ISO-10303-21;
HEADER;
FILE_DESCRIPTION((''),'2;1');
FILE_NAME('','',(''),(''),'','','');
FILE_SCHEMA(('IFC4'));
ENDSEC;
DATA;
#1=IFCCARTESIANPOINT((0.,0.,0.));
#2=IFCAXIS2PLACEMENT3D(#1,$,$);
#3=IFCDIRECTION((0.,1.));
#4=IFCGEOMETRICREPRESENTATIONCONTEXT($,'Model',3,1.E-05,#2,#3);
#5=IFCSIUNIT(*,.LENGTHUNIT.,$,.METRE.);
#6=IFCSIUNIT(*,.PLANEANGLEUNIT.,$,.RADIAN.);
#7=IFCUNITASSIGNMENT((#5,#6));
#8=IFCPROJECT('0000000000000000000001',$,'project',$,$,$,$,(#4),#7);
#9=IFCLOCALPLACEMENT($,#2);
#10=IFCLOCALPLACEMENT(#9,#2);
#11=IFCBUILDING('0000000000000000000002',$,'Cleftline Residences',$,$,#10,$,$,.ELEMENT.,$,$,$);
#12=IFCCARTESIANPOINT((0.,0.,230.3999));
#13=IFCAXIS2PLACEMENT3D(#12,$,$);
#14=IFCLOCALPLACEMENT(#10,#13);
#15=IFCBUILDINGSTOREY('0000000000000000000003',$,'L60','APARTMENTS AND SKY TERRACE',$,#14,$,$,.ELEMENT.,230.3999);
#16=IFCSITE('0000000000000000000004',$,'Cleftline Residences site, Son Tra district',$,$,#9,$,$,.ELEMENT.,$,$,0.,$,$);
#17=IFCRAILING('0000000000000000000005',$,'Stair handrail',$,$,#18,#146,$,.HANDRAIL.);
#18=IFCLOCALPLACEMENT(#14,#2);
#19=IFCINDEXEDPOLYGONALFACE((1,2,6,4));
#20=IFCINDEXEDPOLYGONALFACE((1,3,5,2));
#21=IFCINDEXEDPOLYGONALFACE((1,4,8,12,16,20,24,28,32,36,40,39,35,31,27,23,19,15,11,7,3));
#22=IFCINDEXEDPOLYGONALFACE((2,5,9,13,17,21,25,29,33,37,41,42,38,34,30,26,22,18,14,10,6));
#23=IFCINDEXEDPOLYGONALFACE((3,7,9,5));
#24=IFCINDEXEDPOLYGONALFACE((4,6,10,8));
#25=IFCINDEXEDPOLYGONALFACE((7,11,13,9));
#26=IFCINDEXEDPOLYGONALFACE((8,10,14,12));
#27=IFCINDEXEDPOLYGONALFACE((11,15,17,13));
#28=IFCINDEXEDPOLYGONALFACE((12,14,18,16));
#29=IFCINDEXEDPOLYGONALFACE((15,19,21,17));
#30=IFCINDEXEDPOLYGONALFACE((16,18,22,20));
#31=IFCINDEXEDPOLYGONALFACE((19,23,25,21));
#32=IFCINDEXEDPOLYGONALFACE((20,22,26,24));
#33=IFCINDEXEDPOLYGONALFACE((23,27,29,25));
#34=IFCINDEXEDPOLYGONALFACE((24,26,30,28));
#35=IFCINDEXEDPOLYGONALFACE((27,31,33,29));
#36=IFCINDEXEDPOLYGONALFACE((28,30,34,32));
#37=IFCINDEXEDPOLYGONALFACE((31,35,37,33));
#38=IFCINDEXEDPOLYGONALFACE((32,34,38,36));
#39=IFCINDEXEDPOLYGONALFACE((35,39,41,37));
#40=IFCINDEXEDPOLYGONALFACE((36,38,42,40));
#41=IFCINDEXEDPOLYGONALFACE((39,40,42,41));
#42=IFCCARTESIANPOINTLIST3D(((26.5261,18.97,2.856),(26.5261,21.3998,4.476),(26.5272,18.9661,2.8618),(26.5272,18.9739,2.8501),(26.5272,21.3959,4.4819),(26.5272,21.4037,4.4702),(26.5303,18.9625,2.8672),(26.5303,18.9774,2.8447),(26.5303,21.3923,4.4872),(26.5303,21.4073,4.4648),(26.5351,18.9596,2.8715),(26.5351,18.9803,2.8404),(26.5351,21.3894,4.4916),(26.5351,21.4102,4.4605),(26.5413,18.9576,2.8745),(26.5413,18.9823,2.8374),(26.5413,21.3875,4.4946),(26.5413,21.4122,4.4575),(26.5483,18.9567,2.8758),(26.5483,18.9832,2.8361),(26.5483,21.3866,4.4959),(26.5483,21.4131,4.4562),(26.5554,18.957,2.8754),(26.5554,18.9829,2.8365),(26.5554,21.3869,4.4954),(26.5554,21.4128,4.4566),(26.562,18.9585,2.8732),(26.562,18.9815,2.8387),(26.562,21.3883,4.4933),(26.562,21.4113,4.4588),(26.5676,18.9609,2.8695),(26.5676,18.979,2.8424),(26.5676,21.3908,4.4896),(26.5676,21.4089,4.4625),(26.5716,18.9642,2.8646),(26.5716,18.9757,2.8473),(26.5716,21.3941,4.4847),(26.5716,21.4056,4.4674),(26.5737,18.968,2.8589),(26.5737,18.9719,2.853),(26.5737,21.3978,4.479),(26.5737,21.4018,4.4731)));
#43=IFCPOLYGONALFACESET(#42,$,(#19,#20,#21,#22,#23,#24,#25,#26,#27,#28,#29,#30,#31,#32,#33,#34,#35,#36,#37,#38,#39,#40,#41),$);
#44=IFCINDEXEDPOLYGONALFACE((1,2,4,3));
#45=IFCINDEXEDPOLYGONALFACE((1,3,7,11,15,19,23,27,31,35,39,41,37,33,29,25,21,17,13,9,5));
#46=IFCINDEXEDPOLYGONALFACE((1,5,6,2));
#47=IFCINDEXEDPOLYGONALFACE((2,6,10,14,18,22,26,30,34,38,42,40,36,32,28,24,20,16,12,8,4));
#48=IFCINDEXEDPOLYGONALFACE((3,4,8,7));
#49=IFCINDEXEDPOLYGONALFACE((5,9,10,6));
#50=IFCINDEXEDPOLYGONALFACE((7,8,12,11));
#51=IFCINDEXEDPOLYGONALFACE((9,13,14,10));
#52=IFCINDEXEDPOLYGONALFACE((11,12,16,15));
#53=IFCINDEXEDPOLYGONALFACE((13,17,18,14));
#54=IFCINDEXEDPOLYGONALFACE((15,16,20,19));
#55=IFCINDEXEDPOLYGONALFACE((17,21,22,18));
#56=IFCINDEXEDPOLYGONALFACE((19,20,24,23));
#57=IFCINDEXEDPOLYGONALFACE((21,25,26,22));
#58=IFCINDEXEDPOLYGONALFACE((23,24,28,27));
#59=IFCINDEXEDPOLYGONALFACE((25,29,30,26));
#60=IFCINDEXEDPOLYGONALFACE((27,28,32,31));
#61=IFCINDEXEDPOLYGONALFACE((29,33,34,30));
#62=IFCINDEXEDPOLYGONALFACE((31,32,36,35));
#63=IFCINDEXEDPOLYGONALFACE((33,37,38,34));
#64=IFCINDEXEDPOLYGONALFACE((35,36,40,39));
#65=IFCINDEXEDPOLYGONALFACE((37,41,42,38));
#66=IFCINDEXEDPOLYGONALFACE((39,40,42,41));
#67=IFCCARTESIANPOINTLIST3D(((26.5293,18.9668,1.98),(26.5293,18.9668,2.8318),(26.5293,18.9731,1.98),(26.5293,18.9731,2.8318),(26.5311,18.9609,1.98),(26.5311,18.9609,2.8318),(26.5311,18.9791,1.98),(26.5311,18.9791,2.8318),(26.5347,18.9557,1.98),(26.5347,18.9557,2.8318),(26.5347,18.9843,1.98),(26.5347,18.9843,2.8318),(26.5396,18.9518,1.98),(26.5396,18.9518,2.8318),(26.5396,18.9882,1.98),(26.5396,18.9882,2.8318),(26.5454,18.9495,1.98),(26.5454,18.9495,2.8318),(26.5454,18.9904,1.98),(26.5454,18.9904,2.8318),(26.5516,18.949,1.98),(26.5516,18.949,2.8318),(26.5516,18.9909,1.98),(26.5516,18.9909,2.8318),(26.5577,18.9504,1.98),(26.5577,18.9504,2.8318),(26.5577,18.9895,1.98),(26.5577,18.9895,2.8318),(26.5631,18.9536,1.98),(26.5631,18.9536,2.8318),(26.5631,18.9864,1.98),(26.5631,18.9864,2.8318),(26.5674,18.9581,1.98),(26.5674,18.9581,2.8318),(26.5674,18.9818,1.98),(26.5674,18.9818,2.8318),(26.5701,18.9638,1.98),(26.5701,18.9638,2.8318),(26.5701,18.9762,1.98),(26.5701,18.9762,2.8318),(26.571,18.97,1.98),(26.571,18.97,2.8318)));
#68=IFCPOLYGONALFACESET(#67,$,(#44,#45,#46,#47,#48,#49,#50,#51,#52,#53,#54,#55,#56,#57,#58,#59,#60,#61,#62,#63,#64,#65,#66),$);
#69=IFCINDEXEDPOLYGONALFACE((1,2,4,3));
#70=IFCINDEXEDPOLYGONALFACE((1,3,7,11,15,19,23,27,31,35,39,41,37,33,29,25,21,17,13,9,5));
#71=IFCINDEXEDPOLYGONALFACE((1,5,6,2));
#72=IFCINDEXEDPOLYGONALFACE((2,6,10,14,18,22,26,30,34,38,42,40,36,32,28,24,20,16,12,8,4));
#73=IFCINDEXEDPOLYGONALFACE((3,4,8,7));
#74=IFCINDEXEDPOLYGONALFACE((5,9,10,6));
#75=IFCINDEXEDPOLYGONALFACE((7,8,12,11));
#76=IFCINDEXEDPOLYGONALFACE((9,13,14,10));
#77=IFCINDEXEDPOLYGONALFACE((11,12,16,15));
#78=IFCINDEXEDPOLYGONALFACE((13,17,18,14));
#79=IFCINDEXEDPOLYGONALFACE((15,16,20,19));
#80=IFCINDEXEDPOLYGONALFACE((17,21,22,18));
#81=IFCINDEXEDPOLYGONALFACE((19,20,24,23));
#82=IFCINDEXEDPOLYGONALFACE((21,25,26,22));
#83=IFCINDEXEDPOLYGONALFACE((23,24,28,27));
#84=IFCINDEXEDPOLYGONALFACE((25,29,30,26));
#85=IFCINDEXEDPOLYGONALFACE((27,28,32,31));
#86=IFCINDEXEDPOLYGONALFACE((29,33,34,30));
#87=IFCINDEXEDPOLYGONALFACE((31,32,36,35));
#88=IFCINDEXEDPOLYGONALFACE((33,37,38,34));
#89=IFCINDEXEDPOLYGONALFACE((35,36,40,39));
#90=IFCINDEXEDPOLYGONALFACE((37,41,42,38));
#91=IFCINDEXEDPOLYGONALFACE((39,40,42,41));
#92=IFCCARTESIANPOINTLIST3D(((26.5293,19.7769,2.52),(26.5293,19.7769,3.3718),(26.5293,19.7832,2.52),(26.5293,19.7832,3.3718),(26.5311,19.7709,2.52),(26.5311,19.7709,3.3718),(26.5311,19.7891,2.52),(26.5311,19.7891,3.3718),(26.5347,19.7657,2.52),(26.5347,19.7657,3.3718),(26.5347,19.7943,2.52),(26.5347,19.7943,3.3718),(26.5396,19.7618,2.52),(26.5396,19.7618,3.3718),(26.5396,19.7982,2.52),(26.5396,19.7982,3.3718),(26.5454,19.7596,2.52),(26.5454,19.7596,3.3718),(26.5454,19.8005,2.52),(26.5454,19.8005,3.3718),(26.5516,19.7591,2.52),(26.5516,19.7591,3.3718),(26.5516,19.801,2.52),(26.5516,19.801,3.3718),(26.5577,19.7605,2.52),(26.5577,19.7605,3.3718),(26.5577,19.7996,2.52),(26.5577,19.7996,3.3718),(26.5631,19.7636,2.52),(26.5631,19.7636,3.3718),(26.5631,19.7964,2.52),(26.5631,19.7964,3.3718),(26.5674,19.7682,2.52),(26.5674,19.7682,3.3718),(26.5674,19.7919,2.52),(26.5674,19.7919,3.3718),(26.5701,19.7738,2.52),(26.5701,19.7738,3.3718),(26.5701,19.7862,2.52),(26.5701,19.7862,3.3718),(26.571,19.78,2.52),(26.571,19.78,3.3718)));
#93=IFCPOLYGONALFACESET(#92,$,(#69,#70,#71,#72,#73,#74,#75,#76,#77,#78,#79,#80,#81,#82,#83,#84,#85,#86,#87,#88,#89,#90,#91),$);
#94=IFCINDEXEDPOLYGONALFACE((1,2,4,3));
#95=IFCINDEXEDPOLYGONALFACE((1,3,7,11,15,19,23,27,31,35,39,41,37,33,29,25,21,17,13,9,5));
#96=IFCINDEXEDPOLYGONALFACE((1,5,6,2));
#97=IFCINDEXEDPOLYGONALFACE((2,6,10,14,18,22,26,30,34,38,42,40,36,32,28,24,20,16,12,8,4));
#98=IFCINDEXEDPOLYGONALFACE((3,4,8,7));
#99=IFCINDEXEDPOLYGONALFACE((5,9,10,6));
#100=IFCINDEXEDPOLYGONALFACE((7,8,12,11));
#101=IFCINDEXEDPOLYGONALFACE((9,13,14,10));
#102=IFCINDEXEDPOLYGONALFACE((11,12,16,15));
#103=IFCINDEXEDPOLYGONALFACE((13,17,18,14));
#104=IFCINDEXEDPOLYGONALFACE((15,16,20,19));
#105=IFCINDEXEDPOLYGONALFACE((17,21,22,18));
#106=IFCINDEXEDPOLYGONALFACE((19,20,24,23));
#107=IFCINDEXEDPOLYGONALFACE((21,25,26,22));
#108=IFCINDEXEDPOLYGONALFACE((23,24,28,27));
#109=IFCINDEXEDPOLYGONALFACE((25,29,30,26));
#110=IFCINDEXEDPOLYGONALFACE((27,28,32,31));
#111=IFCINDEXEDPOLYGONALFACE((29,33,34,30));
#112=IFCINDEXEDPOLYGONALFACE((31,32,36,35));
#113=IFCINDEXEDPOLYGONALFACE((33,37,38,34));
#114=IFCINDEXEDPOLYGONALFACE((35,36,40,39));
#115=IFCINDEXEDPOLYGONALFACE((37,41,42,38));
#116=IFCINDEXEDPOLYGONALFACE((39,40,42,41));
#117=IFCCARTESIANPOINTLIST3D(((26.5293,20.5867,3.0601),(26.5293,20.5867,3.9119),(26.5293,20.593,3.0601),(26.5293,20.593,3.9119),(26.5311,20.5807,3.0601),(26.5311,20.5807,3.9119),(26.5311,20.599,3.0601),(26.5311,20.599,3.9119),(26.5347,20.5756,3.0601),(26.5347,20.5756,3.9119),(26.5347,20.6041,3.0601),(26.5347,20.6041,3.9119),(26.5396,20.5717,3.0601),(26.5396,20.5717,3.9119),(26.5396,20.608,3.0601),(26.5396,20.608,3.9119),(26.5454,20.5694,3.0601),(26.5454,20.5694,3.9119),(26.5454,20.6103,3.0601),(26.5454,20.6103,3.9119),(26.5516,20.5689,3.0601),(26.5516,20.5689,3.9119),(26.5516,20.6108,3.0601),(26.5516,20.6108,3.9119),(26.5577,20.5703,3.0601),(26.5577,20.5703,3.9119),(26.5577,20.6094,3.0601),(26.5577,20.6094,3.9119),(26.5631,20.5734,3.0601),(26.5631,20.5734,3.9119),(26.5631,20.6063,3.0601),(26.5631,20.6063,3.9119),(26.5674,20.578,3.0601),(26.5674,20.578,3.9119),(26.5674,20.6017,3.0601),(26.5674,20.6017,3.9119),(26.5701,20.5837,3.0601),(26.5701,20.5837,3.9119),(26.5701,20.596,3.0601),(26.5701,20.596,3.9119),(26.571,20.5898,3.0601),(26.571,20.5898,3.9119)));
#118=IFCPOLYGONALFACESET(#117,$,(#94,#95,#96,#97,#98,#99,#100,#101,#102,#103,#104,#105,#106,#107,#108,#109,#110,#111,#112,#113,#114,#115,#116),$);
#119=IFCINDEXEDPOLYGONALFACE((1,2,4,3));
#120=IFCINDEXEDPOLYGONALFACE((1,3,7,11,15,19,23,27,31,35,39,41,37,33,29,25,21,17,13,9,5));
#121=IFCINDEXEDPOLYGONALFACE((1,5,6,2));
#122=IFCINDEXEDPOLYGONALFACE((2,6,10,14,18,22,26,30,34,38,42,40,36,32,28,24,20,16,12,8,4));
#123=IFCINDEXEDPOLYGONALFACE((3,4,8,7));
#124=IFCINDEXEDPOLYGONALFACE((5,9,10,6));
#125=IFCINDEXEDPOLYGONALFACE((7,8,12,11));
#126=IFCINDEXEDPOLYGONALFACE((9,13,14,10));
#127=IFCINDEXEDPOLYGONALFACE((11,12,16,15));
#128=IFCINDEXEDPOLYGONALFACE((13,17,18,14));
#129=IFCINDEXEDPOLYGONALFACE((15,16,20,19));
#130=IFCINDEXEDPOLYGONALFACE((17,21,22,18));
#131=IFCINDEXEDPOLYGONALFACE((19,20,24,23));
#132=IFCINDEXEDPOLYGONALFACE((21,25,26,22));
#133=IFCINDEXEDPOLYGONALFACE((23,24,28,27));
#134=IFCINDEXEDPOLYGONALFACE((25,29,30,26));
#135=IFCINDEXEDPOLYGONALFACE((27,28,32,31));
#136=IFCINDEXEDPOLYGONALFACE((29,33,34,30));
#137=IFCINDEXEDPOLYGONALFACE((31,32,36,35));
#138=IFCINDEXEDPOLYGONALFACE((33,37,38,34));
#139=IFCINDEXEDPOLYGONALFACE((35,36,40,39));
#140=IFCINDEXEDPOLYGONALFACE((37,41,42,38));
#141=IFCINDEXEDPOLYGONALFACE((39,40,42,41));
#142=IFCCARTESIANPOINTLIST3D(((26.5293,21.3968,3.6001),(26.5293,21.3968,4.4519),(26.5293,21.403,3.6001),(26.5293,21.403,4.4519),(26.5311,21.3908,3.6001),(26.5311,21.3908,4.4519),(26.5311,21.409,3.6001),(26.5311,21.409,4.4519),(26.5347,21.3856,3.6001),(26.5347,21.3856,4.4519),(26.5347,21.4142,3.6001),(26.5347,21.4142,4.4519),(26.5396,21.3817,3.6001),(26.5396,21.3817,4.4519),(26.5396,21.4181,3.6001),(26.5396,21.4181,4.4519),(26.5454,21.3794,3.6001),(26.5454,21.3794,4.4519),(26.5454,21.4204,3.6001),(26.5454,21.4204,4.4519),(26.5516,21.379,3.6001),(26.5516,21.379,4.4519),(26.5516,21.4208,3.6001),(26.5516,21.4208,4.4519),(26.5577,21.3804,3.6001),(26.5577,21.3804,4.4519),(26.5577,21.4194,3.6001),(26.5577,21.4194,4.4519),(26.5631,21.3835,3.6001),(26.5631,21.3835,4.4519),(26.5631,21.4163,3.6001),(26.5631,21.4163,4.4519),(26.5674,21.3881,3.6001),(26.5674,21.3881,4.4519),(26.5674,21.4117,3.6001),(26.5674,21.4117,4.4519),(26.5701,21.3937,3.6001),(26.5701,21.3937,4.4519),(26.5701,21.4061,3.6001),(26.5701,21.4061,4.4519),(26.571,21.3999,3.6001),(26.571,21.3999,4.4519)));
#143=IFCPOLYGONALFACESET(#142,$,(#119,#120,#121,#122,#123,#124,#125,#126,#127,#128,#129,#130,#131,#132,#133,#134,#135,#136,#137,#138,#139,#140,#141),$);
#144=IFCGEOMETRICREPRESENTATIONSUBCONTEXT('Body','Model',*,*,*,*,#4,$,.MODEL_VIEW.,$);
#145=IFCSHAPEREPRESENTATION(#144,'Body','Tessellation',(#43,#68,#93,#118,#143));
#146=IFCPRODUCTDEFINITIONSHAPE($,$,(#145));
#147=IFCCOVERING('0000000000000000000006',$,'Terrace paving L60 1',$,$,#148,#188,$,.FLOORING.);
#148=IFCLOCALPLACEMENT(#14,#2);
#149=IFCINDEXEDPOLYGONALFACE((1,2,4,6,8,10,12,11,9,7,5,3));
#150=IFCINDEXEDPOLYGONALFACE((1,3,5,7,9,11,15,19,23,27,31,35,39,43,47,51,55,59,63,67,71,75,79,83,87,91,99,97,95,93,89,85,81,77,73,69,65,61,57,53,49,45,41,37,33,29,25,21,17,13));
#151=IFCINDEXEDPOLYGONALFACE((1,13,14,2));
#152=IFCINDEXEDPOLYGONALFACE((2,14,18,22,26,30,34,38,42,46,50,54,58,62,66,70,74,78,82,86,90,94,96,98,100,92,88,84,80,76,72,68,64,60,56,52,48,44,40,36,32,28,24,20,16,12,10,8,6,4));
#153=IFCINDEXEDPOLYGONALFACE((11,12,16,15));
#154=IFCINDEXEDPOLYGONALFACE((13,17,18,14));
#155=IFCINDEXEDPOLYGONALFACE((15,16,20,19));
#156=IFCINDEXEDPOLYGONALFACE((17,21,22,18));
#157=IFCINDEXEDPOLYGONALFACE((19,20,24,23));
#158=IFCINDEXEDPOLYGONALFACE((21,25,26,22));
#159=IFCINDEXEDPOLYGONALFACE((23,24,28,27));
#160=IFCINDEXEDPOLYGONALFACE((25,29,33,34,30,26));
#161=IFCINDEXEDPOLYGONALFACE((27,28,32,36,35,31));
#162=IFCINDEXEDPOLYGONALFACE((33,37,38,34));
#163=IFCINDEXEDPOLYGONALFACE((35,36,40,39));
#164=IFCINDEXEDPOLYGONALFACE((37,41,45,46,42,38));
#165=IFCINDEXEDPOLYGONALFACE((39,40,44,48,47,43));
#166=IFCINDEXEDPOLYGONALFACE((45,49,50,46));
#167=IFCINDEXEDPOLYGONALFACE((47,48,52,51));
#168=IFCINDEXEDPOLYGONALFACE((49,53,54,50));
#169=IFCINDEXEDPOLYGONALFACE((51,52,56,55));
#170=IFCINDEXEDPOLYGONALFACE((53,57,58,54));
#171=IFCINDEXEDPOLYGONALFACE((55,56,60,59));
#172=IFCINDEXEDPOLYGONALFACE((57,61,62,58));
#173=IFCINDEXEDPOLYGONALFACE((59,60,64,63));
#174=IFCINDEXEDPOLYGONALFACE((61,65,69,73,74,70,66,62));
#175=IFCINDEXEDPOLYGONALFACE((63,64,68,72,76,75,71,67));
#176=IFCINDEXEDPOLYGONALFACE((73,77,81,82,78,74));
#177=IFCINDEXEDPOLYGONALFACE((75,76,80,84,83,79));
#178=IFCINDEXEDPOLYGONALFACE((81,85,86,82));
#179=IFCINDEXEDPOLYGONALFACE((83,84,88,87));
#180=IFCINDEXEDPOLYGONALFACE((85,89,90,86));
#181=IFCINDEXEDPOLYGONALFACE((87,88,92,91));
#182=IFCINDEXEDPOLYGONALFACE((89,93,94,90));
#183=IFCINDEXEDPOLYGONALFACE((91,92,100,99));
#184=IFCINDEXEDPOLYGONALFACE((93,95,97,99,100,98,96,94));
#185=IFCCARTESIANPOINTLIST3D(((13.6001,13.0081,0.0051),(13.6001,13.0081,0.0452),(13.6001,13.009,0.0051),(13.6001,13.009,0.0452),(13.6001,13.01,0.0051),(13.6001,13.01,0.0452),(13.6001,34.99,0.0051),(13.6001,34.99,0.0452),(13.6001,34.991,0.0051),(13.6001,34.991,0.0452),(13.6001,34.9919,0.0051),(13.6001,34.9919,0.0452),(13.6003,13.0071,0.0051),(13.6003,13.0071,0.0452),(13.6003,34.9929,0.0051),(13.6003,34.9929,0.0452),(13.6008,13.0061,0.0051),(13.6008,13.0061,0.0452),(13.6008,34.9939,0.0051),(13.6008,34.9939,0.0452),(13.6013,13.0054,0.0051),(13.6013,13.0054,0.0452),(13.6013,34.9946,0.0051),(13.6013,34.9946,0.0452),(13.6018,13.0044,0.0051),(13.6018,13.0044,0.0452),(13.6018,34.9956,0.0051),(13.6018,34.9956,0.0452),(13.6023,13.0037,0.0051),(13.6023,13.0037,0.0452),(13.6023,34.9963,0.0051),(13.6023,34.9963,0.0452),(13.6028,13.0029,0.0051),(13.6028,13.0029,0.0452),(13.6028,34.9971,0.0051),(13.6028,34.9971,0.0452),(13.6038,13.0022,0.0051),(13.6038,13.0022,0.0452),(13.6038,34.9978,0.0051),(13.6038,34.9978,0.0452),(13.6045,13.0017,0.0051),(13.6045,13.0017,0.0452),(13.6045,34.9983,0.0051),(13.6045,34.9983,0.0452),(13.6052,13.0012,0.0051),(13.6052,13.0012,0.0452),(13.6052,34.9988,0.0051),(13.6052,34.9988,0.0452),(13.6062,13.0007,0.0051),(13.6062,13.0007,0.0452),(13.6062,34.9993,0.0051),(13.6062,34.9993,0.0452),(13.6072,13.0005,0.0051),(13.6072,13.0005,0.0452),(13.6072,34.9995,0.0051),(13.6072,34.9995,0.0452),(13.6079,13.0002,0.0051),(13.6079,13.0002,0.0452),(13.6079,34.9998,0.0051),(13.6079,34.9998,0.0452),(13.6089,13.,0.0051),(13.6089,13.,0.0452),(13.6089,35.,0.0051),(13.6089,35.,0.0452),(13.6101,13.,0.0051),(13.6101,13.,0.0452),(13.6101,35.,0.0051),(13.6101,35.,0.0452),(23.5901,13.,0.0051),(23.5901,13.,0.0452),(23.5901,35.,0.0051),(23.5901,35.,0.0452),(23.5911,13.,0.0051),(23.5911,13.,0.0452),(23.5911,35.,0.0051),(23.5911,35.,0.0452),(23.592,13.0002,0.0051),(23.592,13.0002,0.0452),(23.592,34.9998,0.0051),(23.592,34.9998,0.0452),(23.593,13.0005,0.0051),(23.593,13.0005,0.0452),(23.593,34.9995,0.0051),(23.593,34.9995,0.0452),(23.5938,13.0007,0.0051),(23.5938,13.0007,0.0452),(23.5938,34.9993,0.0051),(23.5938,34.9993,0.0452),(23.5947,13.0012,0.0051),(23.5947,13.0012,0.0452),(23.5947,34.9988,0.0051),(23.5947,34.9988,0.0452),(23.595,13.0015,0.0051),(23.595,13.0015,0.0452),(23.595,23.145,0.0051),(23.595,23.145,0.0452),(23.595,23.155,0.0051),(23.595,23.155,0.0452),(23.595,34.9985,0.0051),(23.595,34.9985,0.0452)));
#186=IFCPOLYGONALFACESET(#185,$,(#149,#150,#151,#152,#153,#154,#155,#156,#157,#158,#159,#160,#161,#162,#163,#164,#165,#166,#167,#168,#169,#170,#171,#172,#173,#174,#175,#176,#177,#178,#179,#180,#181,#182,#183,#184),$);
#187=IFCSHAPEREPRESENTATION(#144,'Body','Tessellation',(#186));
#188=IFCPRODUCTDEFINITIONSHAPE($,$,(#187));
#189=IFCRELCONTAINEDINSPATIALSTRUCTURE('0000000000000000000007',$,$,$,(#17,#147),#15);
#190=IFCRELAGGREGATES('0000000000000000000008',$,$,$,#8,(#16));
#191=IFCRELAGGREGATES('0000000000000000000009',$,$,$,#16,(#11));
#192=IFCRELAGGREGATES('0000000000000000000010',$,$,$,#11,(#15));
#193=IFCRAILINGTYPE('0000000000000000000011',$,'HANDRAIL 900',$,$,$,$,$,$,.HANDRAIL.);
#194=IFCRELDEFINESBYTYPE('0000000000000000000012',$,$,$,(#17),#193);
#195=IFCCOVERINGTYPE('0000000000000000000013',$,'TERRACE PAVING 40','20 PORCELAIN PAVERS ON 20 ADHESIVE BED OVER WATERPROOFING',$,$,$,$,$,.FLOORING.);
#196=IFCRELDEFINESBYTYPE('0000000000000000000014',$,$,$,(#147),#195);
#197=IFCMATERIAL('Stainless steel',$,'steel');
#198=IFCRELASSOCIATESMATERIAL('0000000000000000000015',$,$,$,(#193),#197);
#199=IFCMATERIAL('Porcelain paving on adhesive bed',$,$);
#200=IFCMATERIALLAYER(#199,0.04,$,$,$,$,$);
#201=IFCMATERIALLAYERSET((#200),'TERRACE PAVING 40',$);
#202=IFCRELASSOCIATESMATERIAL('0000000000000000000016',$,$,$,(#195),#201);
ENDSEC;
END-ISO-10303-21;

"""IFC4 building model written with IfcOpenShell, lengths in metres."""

from ifc_helpers import new_model, si_unit, direction, frame, origin, origin_2d, place, context, subcontext, project, spatial, polyline, circle, outline, extrude, material, layer, layer_set, type_object, element, save


model = new_model("IFC4")

# Units and contexts
model_context = context("Model", 3, precision=1e-05, world=origin(), true_north=direction((0.0, 1.0)))
body_context = subcontext(model_context, "Body", "Model", "MODEL_VIEW")
ifc_project = project(units=[si_unit("LENGTHUNIT", "METRE"), si_unit("PLANEANGLEUNIT", "RADIAN")], contexts=[model_context])

# Site, building, storey
site_placement = place(None, origin())
site = spatial("IfcSite", under=ifc_project, at=site_placement, Name="Cleftline Residences site, Son Tra district", CompositionType="ELEMENT", RefElevation=0.0)
building_placement = place(site_placement, origin())
building = spatial("IfcBuilding", under=site, at=building_placement, Name="Cleftline Residences", CompositionType="ELEMENT")
storey_placement = place(building_placement, frame((0.0, 0.0, 230.3999)))
storey = spatial("IfcBuildingStorey", under=building, at=storey_placement, Name="L60", Description="APARTMENTS AND SKY TERRACE", CompositionType="ELEMENT", Elevation=230.3999)

# Railing
ifc_material_1 = material(Name="Stainless steel", Category="steel")
railing_type_1 = type_object("IfcRailingType", Name="HANDRAIL 900", PredefinedType="HANDRAIL", material=ifc_material_1)
railing_1_placement = place(storey_placement, frame((26.55, 18.97, 1.98)))
element("IfcRailing", 1, at=railing_1_placement, inside=storey, type_object=railing_type_1, Name="Stair handrail", PredefinedType="HANDRAIL", context=body_context, shape_type="SweptSolid", body=[
    extrude(circle(Radius=0.0239, at=origin_2d()), frame((0.0, 0.0, 0.876), z_axis=(0.0, 0.832025, 0.554739), x_axis=(-1.0, 0.0, 0.0)), (0.0, 0.0, 1.0), 2.9204),
    extrude(circle(Radius=0.021, at=origin_2d()), origin(), (0.0, 0.0, 1.0), 0.8518),
    extrude(circle(Radius=0.021, at=origin_2d()), frame((0.0, 0.8101, 0.54)), (0.0, 0.0, 1.0), 0.8518),
    extrude(circle(Radius=0.021, at=origin_2d()), frame((0.0, 1.6199, 1.0801)), (0.0, 0.0, 1.0), 0.8518),
    extrude(circle(Radius=0.021, at=origin_2d()), frame((0.0, 2.4299, 1.6201)), (0.0, 0.0, 1.0), 0.8518),
])

# Covering
ifc_material_2 = material(Name="Porcelain paving on adhesive bed")
ifc_layer_1 = layer(ifc_material_2, 0.04)
ifc_layer_set_1 = layer_set([ifc_layer_1], Name="TERRACE PAVING 40")
covering_type_1 = type_object("IfcCoveringType", Name="TERRACE PAVING 40", Description="20 PORCELAIN PAVERS ON 20 ADHESIVE BED OVER WATERPROOFING", PredefinedType="FLOORING", material=ifc_layer_set_1)
covering_1_placement = place(storey_placement, frame((0.0, 0.0, 0.0051)))
element("IfcCovering", 2, at=covering_1_placement, inside=storey, type_object=covering_type_1, Name="Terrace paving L60 1", PredefinedType="FLOORING", context=body_context, shape_type="SweptSolid", body=[
    extrude(outline(polyline([(13.6001, 13.01), (13.6001, 13.009), (13.6001, 13.0081), (13.6003, 13.0071), (13.6008, 13.0061), (13.6013, 13.0054), (13.6018, 13.0044), (13.6023, 13.0037), (13.6028, 13.0029), (13.6038, 13.0022), (13.6045, 13.0017), (13.6052, 13.0012), (13.6062, 13.0007), (13.6072, 13.0005), (13.6079, 13.0002), (13.6089, 13.0), (13.6101, 13.0), (23.5901, 13.0), (23.5911, 13.0), (23.592, 13.0002), (23.593, 13.0005), (23.5938, 13.0007), (23.5947, 13.0012), (23.595, 13.0015), (23.595, 23.145), (23.595, 23.155), (23.595, 34.9985), (23.5947, 34.9988), (23.5938, 34.9993), (23.593, 34.9995), (23.592, 34.9998), (23.5911, 35.0), (23.5901, 35.0), (13.6101, 35.0), (13.6089, 35.0), (13.6079, 34.9998), (13.6072, 34.9995), (13.6062, 34.9993), (13.6052, 34.9988), (13.6045, 34.9983), (13.6038, 34.9978), (13.6028, 34.9971), (13.6023, 34.9963), (13.6018, 34.9956), (13.6013, 34.9946), (13.6008, 34.9939), (13.6003, 34.9929), (13.6001, 34.9919), (13.6001, 34.991), (13.6001, 34.99), (13.6001, 13.01)])), origin(), (0.0, 0.0, 1.0), 0.04),
])

save(model, "model.ifc")
